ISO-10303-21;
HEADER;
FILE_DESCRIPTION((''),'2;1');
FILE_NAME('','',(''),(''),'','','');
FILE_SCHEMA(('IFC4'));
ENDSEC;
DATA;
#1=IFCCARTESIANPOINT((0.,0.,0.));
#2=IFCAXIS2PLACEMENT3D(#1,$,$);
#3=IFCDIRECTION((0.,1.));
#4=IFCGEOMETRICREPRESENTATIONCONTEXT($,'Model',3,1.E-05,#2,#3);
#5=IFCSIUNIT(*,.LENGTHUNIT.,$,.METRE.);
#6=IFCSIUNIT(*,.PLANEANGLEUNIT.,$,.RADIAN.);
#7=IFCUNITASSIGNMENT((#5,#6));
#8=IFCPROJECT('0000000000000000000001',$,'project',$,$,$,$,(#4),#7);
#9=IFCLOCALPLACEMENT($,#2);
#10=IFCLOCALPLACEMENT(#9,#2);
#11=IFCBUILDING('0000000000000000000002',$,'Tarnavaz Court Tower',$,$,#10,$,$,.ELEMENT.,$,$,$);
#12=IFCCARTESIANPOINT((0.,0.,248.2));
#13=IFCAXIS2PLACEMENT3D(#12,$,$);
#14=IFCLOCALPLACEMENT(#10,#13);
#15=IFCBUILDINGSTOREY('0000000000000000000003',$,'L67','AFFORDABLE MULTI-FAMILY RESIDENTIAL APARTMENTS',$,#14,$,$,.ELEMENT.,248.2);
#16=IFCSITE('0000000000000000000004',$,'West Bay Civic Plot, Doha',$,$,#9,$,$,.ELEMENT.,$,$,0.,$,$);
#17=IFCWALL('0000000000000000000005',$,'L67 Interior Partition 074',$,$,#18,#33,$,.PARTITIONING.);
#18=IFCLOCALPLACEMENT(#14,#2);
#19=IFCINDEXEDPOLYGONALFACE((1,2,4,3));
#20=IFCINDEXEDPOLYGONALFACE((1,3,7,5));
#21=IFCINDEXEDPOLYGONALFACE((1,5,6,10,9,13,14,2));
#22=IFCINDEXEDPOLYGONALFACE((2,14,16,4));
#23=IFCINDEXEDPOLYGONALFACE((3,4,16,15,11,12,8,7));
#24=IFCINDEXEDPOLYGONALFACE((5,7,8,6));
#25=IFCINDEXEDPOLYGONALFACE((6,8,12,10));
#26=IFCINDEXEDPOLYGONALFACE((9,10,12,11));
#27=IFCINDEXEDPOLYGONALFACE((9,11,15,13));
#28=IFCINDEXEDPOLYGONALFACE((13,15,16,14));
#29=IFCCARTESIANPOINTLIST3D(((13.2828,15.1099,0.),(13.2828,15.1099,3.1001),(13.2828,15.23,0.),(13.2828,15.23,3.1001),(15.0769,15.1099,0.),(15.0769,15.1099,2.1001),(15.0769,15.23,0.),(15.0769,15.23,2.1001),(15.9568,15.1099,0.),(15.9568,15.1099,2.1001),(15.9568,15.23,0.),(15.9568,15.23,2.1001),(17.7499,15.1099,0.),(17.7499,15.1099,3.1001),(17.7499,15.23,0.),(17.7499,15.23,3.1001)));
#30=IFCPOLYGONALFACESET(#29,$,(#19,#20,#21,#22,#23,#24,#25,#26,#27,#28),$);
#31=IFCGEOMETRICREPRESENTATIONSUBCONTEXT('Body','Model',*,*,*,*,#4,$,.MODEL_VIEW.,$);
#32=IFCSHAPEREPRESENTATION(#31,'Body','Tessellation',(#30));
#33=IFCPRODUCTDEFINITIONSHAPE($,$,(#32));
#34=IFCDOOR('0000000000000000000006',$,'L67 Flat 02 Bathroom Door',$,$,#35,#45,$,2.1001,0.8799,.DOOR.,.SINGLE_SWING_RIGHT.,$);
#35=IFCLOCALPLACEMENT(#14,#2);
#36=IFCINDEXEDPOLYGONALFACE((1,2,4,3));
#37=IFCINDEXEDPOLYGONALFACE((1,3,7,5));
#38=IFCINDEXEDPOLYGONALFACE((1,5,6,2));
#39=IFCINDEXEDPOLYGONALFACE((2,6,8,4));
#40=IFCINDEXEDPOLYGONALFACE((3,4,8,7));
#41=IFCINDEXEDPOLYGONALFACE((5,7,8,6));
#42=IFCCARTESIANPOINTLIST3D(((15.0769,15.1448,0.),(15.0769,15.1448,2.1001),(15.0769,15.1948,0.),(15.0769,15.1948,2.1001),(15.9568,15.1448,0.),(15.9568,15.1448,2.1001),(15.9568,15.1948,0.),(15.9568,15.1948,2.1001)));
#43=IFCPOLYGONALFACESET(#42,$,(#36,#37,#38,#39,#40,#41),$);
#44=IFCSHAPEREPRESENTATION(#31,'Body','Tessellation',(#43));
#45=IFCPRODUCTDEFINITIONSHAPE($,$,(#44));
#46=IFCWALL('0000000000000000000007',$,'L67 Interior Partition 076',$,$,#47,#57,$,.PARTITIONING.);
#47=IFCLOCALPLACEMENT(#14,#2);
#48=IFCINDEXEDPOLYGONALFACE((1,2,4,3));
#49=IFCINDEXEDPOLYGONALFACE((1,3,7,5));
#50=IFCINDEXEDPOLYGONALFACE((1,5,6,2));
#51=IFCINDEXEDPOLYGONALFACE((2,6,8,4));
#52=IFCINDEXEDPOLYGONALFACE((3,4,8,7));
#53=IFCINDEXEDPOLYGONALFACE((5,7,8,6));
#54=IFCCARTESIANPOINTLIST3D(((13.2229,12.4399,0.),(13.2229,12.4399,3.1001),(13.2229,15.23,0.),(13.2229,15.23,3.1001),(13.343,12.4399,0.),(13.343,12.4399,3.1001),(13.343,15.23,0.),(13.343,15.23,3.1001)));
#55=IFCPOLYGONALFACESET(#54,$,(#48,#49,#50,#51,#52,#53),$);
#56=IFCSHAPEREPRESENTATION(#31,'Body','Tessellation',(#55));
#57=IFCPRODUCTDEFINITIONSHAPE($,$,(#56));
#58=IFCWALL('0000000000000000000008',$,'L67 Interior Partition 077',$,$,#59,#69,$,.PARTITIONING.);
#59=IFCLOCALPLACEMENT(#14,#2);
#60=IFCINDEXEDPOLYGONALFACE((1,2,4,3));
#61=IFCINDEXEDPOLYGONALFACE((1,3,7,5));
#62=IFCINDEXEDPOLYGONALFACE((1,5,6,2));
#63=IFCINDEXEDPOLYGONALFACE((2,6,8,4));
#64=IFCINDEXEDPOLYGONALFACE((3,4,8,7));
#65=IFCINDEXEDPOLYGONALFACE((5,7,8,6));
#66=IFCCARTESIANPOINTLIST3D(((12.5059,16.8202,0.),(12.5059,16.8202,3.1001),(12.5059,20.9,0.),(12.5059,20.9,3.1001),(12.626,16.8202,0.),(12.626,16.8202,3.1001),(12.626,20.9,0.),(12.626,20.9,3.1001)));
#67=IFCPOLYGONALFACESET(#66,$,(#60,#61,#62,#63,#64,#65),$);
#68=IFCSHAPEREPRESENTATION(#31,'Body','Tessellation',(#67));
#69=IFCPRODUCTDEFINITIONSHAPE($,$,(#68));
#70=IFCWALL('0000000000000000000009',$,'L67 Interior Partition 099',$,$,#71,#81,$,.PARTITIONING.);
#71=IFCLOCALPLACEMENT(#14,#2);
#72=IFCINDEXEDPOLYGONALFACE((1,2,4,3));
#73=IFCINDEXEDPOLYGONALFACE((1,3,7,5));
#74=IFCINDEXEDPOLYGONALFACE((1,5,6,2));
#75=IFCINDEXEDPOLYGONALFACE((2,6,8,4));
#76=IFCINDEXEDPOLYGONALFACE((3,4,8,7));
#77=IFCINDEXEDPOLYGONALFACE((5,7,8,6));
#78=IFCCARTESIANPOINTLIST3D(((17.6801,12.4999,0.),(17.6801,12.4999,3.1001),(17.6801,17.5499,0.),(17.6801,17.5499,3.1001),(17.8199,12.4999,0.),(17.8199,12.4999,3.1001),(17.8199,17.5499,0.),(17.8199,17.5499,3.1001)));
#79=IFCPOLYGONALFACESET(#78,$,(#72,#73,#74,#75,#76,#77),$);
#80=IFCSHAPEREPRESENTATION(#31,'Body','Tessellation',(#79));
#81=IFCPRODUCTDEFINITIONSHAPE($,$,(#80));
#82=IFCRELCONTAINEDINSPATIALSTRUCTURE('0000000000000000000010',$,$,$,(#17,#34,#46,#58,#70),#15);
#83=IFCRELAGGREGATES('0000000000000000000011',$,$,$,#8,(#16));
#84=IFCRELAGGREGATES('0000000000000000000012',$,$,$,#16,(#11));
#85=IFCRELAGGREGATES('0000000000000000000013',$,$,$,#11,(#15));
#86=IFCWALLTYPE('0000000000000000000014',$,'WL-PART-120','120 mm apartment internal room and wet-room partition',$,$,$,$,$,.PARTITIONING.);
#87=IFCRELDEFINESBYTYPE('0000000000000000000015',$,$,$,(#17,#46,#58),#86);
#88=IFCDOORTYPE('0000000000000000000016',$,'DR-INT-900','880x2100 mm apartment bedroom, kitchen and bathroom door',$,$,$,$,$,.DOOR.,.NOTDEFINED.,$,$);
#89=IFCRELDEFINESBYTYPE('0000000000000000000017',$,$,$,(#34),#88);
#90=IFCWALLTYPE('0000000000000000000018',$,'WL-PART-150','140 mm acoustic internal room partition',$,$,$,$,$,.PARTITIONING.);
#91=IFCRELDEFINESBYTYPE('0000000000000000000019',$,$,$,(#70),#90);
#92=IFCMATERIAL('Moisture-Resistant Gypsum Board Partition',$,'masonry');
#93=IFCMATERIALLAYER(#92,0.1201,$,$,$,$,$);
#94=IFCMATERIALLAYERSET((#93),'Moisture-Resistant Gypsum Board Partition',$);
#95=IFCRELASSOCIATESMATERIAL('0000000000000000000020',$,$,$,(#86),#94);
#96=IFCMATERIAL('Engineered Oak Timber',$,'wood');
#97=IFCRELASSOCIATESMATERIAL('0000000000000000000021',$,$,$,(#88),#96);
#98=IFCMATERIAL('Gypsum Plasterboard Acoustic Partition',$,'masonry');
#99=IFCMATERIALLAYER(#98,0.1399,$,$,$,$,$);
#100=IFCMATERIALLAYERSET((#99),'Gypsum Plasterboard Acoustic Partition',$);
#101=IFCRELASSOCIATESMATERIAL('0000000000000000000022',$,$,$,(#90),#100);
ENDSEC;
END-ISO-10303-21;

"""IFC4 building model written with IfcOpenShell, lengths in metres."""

from ifc_helpers import new_model, si_unit, direction, frame, frame_2d, origin, place, context, subcontext, project, spatial, rectangle, extrude, material, layer, layer_set, type_object, element, fill, save


model = new_model("IFC4")

# Units and contexts
model_context = context("Model", 3, precision=1e-05, world=origin(), true_north=direction((0.0, 1.0)))
body_context = subcontext(model_context, "Body", "Model", "MODEL_VIEW")
ifc_project = project(units=[si_unit("LENGTHUNIT", "METRE"), si_unit("PLANEANGLEUNIT", "RADIAN")], contexts=[model_context])

# Site, building, storey
site_placement = place(None, origin())
site = spatial("IfcSite", under=ifc_project, at=site_placement, Name="West Bay Civic Plot, Doha", CompositionType="ELEMENT", RefElevation=0.0)
building_placement = place(site_placement, origin())
building = spatial("IfcBuilding", under=site, at=building_placement, Name="Tarnavaz Court Tower", CompositionType="ELEMENT")
storey_placement = place(building_placement, frame((0.0, 0.0, 248.2)))
storey = spatial("IfcBuildingStorey", under=building, at=storey_placement, Name="L67", Description="AFFORDABLE MULTI-FAMILY RESIDENTIAL APARTMENTS", CompositionType="ELEMENT", Elevation=248.2)

# Wall, opening, door
ifc_material_1 = material(Name="Engineered Oak Timber", Category="wood")
ifc_material_2 = material(Name="Moisture-Resistant Gypsum Board Partition", Category="masonry")
ifc_layer_1 = layer(ifc_material_2, 0.1201)
ifc_layer_set_1 = layer_set([ifc_layer_1], Name="Moisture-Resistant Gypsum Board Partition")
wall_type_1 = type_object("IfcWallType", Name="WL-PART-120", Description="120 mm apartment internal room and wet-room partition", PredefinedType="PARTITIONING", material=ifc_layer_set_1)
wall_1_placement = place(storey_placement, frame((13.283, 15.1699, 0.0), z_axis=(0.0, 0.0, 1.0), x_axis=(1.0, 0.0, 0.0)))
wall_1 = element("IfcWall", 1, at=wall_1_placement, inside=storey, type_object=wall_type_1, Name="L67 Interior Partition 074", PredefinedType="PARTITIONING", context=body_context, shape_type="SweptSolid", body=[
    extrude(rectangle(XDim=4.467, YDim=0.1201, at=frame_2d((2.2334, 0.0))), origin(), (0.0, 0.0, 1.0), 3.1001),
])
opening_1_placement = place(wall_1_placement, frame((1.7939, 0.0, 0.0)))
opening_1 = element("IfcOpeningElement", 2, at=opening_1_placement, cuts=wall_1, PredefinedType="OPENING", context=body_context, shape_type="SweptSolid", body=[
    extrude(rectangle(XDim=0.8799, YDim=2.1001, at=frame_2d((0.4399, 1.05))), frame((0.0, 0.0701, 0.0), z_axis=(0.0, -1.0, 0.0), x_axis=(1.0, 0.0, 0.0)), (0.0, 0.0, 1.0), 0.1401),
])
door_type_1 = type_object("IfcDoorType", Name="DR-INT-900", Description="880x2100 mm apartment bedroom, kitchen and bathroom door", OperationType="NOTDEFINED", PredefinedType="DOOR", material=ifc_material_1)
door_1_placement = place(opening_1_placement, origin())
door_1 = element("IfcDoor", 3, at=door_1_placement, inside=storey, type_object=door_type_1, Name="L67 Flat 02 Bathroom Door", OperationType="SINGLE_SWING_RIGHT", OverallHeight=2.1001, OverallWidth=0.8799, PredefinedType="DOOR", context=body_context, shape_type="SweptSolid", body=[
    extrude(rectangle(XDim=0.8799, YDim=2.1001, at=frame_2d((0.4399, 1.05))), frame((0.0, 0.0249, 0.0), z_axis=(0.0, -1.0, 0.0), x_axis=(1.0, 0.0, 0.0)), (0.0, 0.0, 1.0), 0.05),
])
fill(opening_1, door_1)

# Walls
wall_2_placement = place(storey_placement, frame((13.283, 12.4399, 0.0), z_axis=(0.0, 0.0, 1.0), x_axis=(0.0, 1.0, 0.0)))
element("IfcWall", 4, at=wall_2_placement, inside=storey, type_object=wall_type_1, Name="L67 Interior Partition 076", PredefinedType="PARTITIONING", context=body_context, shape_type="SweptSolid", body=[
    extrude(rectangle(XDim=2.79, YDim=0.1201, at=frame_2d((1.395, 0.0))), origin(), (0.0, 0.0, 1.0), 3.1001),
])
wall_3_placement = place(storey_placement, frame((12.5659, 16.8201, 0.0), z_axis=(0.0, 0.0, 1.0), x_axis=(0.0, 1.0, 0.0)))
element("IfcWall", 5, at=wall_3_placement, inside=storey, type_object=wall_type_1, Name="L67 Interior Partition 077", PredefinedType="PARTITIONING", context=body_context, shape_type="SweptSolid", body=[
    extrude(rectangle(XDim=4.0798, YDim=0.1201, at=frame_2d((2.04, 0.0))), origin(), (0.0, 0.0, 1.0), 3.1001),
])
ifc_material_3 = material(Name="Gypsum Plasterboard Acoustic Partition", Category="masonry")
ifc_layer_2 = layer(ifc_material_3, 0.1399)
ifc_layer_set_2 = layer_set([ifc_layer_2], Name="Gypsum Plasterboard Acoustic Partition")
wall_type_2 = type_object("IfcWallType", Name="WL-PART-150", Description="140 mm acoustic internal room partition", PredefinedType="PARTITIONING", material=ifc_layer_set_2)
wall_4_placement = place(storey_placement, frame((17.75, 12.5, 0.0), z_axis=(0.0, 0.0, 1.0), x_axis=(0.0, 1.0, 0.0)))
element("IfcWall", 6, at=wall_4_placement, inside=storey, type_object=wall_type_2, Name="L67 Interior Partition 099", PredefinedType="PARTITIONING", context=body_context, shape_type="SweptSolid", body=[
    extrude(rectangle(XDim=5.05, YDim=0.1399, at=frame_2d((2.5249, 0.0))), origin(), (0.0, 0.0, 1.0), 3.1001),
])

save(model, "model.ifc")
